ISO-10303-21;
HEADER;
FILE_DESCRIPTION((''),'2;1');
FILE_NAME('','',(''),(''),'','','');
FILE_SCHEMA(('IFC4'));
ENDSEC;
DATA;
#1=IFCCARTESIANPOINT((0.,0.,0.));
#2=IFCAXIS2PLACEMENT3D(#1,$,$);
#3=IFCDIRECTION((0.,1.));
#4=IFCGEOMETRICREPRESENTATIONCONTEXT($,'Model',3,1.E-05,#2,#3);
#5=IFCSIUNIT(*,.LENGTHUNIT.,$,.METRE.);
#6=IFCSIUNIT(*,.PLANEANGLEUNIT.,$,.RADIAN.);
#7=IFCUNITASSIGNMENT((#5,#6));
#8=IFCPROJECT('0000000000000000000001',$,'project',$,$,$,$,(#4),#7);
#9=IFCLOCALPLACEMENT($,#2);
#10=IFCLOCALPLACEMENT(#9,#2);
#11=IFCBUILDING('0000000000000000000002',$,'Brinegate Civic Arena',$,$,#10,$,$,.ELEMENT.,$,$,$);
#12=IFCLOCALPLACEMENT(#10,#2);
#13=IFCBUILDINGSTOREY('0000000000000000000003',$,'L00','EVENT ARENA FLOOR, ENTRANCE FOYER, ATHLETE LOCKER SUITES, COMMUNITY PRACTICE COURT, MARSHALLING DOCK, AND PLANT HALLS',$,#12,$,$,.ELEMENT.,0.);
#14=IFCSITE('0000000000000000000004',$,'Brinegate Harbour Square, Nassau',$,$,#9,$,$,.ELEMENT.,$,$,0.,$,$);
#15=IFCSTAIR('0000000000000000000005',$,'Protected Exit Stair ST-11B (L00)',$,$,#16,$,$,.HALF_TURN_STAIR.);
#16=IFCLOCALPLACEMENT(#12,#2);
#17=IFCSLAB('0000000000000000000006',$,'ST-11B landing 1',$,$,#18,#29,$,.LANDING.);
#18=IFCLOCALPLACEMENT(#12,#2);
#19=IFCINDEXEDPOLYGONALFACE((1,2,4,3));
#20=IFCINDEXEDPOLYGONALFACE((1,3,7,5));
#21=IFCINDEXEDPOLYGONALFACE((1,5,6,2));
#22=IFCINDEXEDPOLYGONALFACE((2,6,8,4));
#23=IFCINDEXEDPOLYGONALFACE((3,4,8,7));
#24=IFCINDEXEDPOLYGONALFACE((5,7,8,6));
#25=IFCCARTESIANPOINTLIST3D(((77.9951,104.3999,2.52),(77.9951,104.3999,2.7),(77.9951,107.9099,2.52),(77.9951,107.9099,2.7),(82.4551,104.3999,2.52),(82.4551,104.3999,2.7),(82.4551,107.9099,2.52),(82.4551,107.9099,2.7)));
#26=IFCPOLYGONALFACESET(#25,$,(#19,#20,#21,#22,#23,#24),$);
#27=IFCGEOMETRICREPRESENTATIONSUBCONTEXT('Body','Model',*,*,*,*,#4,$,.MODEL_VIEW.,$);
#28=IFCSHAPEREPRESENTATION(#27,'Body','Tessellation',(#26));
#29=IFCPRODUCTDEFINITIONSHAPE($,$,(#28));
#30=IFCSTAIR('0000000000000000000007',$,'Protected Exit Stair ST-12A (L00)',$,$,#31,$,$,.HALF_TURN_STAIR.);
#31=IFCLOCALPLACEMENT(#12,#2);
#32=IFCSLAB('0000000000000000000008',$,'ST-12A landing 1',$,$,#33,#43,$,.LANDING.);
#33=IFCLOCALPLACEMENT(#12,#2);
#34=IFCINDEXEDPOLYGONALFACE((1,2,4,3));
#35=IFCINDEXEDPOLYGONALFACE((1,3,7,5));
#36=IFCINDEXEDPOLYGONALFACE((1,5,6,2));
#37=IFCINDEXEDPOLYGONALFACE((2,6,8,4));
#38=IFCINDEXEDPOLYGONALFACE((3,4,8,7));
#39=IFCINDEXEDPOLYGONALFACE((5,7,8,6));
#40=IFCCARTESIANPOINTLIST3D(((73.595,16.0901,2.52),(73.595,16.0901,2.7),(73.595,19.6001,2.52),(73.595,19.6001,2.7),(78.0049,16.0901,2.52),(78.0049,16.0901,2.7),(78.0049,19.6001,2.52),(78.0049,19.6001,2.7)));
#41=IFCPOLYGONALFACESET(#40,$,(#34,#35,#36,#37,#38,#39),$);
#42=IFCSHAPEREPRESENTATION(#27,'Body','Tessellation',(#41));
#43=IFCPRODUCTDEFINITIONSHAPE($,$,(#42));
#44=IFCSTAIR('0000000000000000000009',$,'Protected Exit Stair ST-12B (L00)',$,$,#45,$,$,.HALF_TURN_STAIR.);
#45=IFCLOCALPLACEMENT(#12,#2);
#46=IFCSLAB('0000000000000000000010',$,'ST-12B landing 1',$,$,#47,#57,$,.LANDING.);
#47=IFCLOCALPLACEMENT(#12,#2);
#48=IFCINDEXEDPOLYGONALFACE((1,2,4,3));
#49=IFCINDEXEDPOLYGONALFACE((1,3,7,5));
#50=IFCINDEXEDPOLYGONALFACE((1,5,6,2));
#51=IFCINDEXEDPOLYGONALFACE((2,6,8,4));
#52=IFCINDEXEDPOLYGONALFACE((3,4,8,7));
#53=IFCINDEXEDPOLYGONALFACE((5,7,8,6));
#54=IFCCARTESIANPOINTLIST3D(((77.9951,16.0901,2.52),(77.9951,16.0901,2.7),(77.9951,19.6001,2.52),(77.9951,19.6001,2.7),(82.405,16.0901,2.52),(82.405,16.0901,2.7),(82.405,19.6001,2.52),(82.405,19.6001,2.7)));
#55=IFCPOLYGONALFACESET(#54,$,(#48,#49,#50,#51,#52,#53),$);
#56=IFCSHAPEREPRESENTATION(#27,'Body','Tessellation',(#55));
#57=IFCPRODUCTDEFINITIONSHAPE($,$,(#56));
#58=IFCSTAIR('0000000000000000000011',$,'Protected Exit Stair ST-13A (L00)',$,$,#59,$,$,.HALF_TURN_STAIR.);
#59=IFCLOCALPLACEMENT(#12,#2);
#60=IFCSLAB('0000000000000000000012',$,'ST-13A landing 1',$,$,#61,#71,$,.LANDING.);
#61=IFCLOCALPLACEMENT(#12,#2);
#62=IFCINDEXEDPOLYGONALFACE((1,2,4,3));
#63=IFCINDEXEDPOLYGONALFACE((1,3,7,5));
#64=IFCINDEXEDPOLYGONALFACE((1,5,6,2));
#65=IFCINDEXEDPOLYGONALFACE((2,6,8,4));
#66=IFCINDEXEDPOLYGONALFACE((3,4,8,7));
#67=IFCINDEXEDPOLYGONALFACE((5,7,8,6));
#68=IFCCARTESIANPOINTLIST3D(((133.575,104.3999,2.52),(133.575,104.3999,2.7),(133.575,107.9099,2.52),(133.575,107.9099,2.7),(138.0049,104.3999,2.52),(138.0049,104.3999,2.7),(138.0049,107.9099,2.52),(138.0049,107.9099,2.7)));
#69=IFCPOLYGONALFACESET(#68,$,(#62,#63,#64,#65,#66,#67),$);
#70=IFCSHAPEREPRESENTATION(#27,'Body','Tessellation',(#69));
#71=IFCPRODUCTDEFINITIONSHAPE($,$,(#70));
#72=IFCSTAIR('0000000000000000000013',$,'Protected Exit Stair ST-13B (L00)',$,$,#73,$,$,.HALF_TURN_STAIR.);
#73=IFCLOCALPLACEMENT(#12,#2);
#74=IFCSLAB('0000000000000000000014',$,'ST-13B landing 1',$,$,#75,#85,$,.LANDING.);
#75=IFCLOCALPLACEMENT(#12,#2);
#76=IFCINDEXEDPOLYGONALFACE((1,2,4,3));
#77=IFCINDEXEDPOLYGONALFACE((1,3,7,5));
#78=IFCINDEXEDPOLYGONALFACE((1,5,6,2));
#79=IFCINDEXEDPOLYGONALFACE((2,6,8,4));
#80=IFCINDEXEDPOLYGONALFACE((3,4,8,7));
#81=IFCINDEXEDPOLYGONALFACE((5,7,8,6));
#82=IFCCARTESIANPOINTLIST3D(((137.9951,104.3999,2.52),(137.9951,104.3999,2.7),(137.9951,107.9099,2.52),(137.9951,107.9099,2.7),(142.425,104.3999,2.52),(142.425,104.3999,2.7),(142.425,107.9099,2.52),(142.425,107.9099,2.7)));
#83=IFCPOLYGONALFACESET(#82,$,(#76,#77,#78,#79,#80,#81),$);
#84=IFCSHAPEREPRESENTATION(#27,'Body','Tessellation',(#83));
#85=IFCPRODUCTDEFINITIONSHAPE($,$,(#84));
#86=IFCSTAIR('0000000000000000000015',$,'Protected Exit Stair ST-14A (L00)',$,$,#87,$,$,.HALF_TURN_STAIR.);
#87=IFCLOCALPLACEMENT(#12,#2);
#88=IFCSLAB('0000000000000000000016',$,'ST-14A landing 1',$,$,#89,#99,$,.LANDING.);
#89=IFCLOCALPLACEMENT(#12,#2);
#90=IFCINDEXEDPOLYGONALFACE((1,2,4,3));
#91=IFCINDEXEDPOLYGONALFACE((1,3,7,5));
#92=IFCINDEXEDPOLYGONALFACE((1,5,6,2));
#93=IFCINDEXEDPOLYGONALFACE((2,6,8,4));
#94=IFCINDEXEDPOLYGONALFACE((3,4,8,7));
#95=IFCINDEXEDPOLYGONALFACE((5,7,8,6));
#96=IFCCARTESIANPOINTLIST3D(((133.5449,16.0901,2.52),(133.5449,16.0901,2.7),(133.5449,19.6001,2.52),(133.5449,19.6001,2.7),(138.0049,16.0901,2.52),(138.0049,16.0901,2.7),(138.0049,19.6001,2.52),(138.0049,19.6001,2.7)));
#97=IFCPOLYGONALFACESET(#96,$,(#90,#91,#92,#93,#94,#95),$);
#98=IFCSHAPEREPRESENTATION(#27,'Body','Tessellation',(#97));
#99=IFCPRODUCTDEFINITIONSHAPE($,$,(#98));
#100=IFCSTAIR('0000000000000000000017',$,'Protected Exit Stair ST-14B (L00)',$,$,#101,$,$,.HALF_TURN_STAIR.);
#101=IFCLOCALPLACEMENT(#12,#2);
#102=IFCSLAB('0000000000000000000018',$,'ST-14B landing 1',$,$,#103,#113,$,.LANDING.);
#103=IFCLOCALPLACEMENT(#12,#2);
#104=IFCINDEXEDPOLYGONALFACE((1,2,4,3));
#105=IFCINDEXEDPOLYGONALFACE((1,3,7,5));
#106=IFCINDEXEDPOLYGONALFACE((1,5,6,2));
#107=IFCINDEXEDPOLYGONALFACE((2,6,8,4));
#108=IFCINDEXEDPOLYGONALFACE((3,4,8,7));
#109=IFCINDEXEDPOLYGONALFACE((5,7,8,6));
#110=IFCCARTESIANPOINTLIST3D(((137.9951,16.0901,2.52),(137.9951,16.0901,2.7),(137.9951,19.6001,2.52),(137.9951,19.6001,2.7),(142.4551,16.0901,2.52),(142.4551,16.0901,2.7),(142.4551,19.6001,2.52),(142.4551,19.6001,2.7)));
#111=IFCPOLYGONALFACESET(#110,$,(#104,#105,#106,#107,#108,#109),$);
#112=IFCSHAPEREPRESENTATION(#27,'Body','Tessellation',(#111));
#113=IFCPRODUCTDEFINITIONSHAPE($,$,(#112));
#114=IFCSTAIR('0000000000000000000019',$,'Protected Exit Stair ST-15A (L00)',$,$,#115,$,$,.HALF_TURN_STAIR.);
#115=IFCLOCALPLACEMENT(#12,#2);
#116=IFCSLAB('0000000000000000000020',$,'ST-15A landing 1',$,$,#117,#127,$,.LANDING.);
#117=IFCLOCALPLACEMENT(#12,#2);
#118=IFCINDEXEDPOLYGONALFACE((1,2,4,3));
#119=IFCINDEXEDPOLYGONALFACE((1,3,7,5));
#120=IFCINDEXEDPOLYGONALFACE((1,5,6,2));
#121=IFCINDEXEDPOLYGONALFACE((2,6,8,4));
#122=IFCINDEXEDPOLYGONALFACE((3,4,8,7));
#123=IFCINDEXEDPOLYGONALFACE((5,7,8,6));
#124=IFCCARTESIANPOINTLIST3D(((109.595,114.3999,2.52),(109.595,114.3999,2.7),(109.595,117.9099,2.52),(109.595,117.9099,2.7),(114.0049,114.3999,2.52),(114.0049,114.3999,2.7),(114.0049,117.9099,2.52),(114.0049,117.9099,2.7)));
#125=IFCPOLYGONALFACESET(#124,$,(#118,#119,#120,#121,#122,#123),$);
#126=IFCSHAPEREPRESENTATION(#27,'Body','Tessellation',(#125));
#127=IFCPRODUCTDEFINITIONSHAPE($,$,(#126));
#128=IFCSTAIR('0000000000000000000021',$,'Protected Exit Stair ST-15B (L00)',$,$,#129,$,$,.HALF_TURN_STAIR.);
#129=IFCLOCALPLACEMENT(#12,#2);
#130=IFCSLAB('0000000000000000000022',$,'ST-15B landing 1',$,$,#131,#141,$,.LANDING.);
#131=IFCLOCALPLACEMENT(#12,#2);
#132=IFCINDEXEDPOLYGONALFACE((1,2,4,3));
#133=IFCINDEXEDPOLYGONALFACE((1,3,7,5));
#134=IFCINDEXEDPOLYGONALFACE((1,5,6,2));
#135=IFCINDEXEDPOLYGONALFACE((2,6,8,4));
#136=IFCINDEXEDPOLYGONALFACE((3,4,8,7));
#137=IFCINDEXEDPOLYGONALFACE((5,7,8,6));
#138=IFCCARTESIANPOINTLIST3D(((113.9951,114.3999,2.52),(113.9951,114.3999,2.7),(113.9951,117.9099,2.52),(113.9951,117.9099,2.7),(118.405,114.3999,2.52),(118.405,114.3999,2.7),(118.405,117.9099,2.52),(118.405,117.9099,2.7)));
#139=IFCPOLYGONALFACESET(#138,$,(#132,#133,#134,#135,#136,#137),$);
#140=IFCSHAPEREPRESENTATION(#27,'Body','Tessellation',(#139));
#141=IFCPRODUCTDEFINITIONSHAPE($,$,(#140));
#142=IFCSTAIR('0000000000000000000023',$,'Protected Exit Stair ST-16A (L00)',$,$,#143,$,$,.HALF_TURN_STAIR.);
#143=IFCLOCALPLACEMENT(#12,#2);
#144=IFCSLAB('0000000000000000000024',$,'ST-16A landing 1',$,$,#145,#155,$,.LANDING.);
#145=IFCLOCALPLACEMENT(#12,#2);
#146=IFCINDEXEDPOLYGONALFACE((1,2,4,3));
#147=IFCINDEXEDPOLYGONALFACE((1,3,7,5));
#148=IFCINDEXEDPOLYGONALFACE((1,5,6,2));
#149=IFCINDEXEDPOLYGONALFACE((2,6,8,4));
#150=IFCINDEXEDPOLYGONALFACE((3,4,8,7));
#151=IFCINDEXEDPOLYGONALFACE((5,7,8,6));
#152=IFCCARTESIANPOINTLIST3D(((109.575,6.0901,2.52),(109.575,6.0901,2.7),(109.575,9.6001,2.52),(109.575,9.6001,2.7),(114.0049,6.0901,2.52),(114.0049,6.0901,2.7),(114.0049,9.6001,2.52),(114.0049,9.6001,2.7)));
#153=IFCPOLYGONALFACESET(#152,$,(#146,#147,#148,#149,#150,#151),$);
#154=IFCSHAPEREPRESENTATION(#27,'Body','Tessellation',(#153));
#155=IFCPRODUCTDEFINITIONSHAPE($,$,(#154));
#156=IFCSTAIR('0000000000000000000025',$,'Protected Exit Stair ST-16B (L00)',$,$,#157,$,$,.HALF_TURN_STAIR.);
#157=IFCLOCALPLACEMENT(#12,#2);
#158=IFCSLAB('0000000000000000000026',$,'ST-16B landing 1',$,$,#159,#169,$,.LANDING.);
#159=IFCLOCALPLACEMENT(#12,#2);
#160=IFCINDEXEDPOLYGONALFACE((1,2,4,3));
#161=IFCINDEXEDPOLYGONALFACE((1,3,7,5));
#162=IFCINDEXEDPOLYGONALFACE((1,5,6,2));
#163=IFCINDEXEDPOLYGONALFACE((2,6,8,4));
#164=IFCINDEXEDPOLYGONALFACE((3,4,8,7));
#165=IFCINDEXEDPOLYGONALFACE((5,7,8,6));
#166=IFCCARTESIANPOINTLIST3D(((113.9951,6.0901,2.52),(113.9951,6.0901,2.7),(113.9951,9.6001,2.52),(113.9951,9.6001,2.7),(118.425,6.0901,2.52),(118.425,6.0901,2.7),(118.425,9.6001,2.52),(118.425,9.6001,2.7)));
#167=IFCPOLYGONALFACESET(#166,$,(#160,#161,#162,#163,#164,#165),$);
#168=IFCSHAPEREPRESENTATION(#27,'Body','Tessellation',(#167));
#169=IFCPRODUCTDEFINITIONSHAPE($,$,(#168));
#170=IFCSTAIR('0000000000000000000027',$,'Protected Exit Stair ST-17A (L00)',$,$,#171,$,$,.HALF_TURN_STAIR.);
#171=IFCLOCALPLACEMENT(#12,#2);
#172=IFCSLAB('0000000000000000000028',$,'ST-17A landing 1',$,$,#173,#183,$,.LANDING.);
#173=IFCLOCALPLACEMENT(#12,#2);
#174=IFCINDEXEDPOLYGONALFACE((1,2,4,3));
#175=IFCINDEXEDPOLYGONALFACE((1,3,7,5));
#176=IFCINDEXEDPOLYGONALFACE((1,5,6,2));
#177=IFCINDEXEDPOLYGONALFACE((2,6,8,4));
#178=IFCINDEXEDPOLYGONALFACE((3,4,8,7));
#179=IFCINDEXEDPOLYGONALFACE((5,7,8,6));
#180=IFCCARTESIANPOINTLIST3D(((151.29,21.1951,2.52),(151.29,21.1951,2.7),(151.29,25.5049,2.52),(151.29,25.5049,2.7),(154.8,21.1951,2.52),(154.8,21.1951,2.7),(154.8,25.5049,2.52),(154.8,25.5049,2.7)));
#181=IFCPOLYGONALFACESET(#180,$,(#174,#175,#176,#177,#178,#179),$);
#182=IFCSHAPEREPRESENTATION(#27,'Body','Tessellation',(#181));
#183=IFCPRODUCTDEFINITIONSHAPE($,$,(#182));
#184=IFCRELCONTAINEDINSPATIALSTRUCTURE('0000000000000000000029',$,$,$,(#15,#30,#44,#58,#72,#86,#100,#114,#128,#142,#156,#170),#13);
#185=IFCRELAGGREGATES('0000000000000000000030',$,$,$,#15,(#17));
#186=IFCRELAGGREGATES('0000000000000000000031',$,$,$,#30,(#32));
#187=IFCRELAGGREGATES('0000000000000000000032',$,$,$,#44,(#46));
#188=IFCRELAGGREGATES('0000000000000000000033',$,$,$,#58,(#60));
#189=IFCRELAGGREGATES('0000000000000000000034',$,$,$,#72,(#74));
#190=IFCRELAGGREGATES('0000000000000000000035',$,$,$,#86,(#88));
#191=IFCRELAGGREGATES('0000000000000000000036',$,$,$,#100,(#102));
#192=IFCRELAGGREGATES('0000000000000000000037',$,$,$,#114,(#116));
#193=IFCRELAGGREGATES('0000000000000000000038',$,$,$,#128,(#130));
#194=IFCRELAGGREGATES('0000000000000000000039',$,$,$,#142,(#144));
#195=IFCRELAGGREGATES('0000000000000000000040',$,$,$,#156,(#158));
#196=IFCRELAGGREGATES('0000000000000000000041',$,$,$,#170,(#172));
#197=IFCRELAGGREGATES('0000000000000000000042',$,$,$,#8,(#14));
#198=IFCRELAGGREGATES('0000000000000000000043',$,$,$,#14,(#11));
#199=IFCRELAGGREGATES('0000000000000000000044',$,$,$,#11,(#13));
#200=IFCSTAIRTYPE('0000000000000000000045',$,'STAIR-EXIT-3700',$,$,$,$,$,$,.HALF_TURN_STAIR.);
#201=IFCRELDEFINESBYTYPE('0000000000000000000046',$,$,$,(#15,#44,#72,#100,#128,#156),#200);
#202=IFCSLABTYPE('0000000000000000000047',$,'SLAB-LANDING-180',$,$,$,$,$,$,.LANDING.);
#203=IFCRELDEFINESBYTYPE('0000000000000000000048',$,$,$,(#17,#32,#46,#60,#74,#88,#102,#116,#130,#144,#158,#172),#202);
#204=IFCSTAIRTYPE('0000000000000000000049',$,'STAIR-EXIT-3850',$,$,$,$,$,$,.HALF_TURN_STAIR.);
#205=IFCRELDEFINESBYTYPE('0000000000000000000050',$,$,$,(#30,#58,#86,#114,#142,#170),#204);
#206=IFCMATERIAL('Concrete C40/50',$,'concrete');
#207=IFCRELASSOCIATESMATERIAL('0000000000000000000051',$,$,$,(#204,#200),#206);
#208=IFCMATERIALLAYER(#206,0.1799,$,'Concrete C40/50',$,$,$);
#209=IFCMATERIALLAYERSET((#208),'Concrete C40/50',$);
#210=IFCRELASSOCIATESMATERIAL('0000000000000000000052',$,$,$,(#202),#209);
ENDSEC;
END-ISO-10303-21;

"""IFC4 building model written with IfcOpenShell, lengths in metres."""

from ifc_helpers import new_model, si_unit, direction, frame, origin, place, context, subcontext, project, spatial, polyline, outline, extrude, material, layer, layer_set, type_object, element, aggregate, save


model = new_model("IFC4")

# Units and contexts
model_context = context("Model", 3, precision=1e-05, world=origin(), true_north=direction((0.0, 1.0)))
body_context = subcontext(model_context, "Body", "Model", "MODEL_VIEW")
ifc_project = project(units=[si_unit("LENGTHUNIT", "METRE"), si_unit("PLANEANGLEUNIT", "RADIAN")], contexts=[model_context])

# Site, building, storey
site_placement = place(None, origin())
site = spatial("IfcSite", under=ifc_project, at=site_placement, Name="Brinegate Harbour Square, Nassau", CompositionType="ELEMENT", RefElevation=0.0)
building_placement = place(site_placement, origin())
building = spatial("IfcBuilding", under=site, at=building_placement, Name="Brinegate Civic Arena", CompositionType="ELEMENT")
storey_placement = place(building_placement, origin())
storey = spatial("IfcBuildingStorey", under=building, at=storey_placement, Name="L00", Description="EVENT ARENA FLOOR, ENTRANCE FOYER, ATHLETE LOCKER SUITES, COMMUNITY PRACTICE COURT, MARSHALLING DOCK, AND PLANT HALLS", CompositionType="ELEMENT", Elevation=0.0)

# Shared definitions
ifc_material_1 = material(Name="Concrete C40/50", Category="concrete")

# Stairs, slabs
stair_type_1 = type_object("IfcStairType", Name="STAIR-EXIT-3850", PredefinedType="HALF_TURN_STAIR", material=ifc_material_1)
ifc_layer_1 = layer(ifc_material_1, 0.1799, Name="Concrete C40/50")
ifc_layer_set_1 = layer_set([ifc_layer_1], Name="Concrete C40/50")
slab_type_1 = type_object("IfcSlabType", Name="SLAB-LANDING-180", PredefinedType="LANDING", material=ifc_layer_set_1)
stair_type_2 = type_object("IfcStairType", Name="STAIR-EXIT-3700", PredefinedType="HALF_TURN_STAIR", material=ifc_material_1)
stair_1_placement = place(storey_placement, origin())
stair_1 = element("IfcStair", 1, at=stair_1_placement, inside=storey, type_object=stair_type_2, Name="Protected Exit Stair ST-11B (L00)", PredefinedType="HALF_TURN_STAIR")
slab_1_placement = place(storey_placement, frame((0.0, 0.0, 2.52)))
slab_1 = element("IfcSlab", 2, at=slab_1_placement, type_object=slab_type_1, Name="ST-11B landing 1", PredefinedType="LANDING", context=body_context, shape_type="SweptSolid", body=[
    extrude(outline(polyline([(77.9951, 104.3999), (82.4551, 104.3999), (82.4551, 107.9099), (77.9951, 107.9099), (77.9951, 104.3999)])), origin(), (0.0, 0.0, 1.0), 0.1799),
])
aggregate(stair_1, [slab_1])
stair_2_placement = place(storey_placement, origin())
stair_2 = element("IfcStair", 3, at=stair_2_placement, inside=storey, type_object=stair_type_1, Name="Protected Exit Stair ST-12A (L00)", PredefinedType="HALF_TURN_STAIR")
slab_2_placement = place(storey_placement, frame((0.0, 0.0, 2.52)))
slab_2 = element("IfcSlab", 4, at=slab_2_placement, type_object=slab_type_1, Name="ST-12A landing 1", PredefinedType="LANDING", context=body_context, shape_type="SweptSolid", body=[
    extrude(outline(polyline([(73.595, 16.0901), (78.0049, 16.0901), (78.0049, 19.6001), (73.595, 19.6001), (73.595, 16.0901)])), origin(), (0.0, 0.0, 1.0), 0.1799),
])
aggregate(stair_2, [slab_2])
stair_3_placement = place(storey_placement, origin())
stair_3 = element("IfcStair", 5, at=stair_3_placement, inside=storey, type_object=stair_type_2, Name="Protected Exit Stair ST-12B (L00)", PredefinedType="HALF_TURN_STAIR")
slab_3_placement = place(storey_placement, frame((0.0, 0.0, 2.52)))
slab_3 = element("IfcSlab", 6, at=slab_3_placement, type_object=slab_type_1, Name="ST-12B landing 1", PredefinedType="LANDING", context=body_context, shape_type="SweptSolid", body=[
    extrude(outline(polyline([(77.9951, 16.0901), (82.405, 16.0901), (82.405, 19.6001), (77.9951, 19.6001), (77.9951, 16.0901)])), origin(), (0.0, 0.0, 1.0), 0.1799),
])
aggregate(stair_3, [slab_3])
stair_4_placement = place(storey_placement, origin())
stair_4 = element("IfcStair", 7, at=stair_4_placement, inside=storey, type_object=stair_type_1, Name="Protected Exit Stair ST-13A (L00)", PredefinedType="HALF_TURN_STAIR")
slab_4_placement = place(storey_placement, frame((0.0, 0.0, 2.52)))
slab_4 = element("IfcSlab", 8, at=slab_4_placement, type_object=slab_type_1, Name="ST-13A landing 1", PredefinedType="LANDING", context=body_context, shape_type="SweptSolid", body=[
    extrude(outline(polyline([(133.575, 104.3999), (138.0049, 104.3999), (138.0049, 107.9099), (133.575, 107.9099), (133.575, 104.3999)])), origin(), (0.0, 0.0, 1.0), 0.1799),
])
aggregate(stair_4, [slab_4])
stair_5_placement = place(storey_placement, origin())
stair_5 = element("IfcStair", 9, at=stair_5_placement, inside=storey, type_object=stair_type_2, Name="Protected Exit Stair ST-13B (L00)", PredefinedType="HALF_TURN_STAIR")
slab_5_placement = place(storey_placement, frame((0.0, 0.0, 2.52)))
slab_5 = element("IfcSlab", 10, at=slab_5_placement, type_object=slab_type_1, Name="ST-13B landing 1", PredefinedType="LANDING", context=body_context, shape_type="SweptSolid", body=[
    extrude(outline(polyline([(137.9951, 104.3999), (142.425, 104.3999), (142.425, 107.9099), (137.9951, 107.9099), (137.9951, 104.3999)])), origin(), (0.0, 0.0, 1.0), 0.1799),
])
aggregate(stair_5, [slab_5])
stair_6_placement = place(storey_placement, origin())
stair_6 = element("IfcStair", 11, at=stair_6_placement, inside=storey, type_object=stair_type_1, Name="Protected Exit Stair ST-14A (L00)", PredefinedType="HALF_TURN_STAIR")
slab_6_placement = place(storey_placement, frame((0.0, 0.0, 2.52)))
slab_6 = element("IfcSlab", 12, at=slab_6_placement, type_object=slab_type_1, Name="ST-14A landing 1", PredefinedType="LANDING", context=body_context, shape_type="SweptSolid", body=[
    extrude(outline(polyline([(133.5449, 16.0901), (138.0049, 16.0901), (138.0049, 19.6001), (133.5449, 19.6001), (133.5449, 16.0901)])), origin(), (0.0, 0.0, 1.0), 0.1799),
])
aggregate(stair_6, [slab_6])
stair_7_placement = place(storey_placement, origin())
stair_7 = element("IfcStair", 13, at=stair_7_placement, inside=storey, type_object=stair_type_2, Name="Protected Exit Stair ST-14B (L00)", PredefinedType="HALF_TURN_STAIR")
slab_7_placement = place(storey_placement, frame((0.0, 0.0, 2.52)))
slab_7 = element("IfcSlab", 14, at=slab_7_placement, type_object=slab_type_1, Name="ST-14B landing 1", PredefinedType="LANDING", context=body_context, shape_type="SweptSolid", body=[
    extrude(outline(polyline([(137.9951, 16.0901), (142.4551, 16.0901), (142.4551, 19.6001), (137.9951, 19.6001), (137.9951, 16.0901)])), origin(), (0.0, 0.0, 1.0), 0.1799),
])
aggregate(stair_7, [slab_7])
stair_8_placement = place(storey_placement, origin())
stair_8 = element("IfcStair", 15, at=stair_8_placement, inside=storey, type_object=stair_type_1, Name="Protected Exit Stair ST-15A (L00)", PredefinedType="HALF_TURN_STAIR")
slab_8_placement = place(storey_placement, frame((0.0, 0.0, 2.52)))
slab_8 = element("IfcSlab", 16, at=slab_8_placement, type_object=slab_type_1, Name="ST-15A landing 1", PredefinedType="LANDING", context=body_context, shape_type="SweptSolid", body=[
    extrude(outline(polyline([(109.595, 114.3999), (114.0049, 114.3999), (114.0049, 117.9099), (109.595, 117.9099), (109.595, 114.3999)])), origin(), (0.0, 0.0, 1.0), 0.1799),
])
aggregate(stair_8, [slab_8])
stair_9_placement = place(storey_placement, origin())
stair_9 = element("IfcStair", 17, at=stair_9_placement, inside=storey, type_object=stair_type_2, Name="Protected Exit Stair ST-15B (L00)", PredefinedType="HALF_TURN_STAIR")
slab_9_placement = place(storey_placement, frame((0.0, 0.0, 2.52)))
slab_9 = element("IfcSlab", 18, at=slab_9_placement, type_object=slab_type_1, Name="ST-15B landing 1", PredefinedType="LANDING", context=body_context, shape_type="SweptSolid", body=[
    extrude(outline(polyline([(113.9951, 114.3999), (118.405, 114.3999), (118.405, 117.9099), (113.9951, 117.9099), (113.9951, 114.3999)])), origin(), (0.0, 0.0, 1.0), 0.1799),
])
aggregate(stair_9, [slab_9])
stair_10_placement = place(storey_placement, origin())
stair_10 = element("IfcStair", 19, at=stair_10_placement, inside=storey, type_object=stair_type_1, Name="Protected Exit Stair ST-16A (L00)", PredefinedType="HALF_TURN_STAIR")
slab_10_placement = place(storey_placement, frame((0.0, 0.0, 2.52)))
slab_10 = element("IfcSlab", 20, at=slab_10_placement, type_object=slab_type_1, Name="ST-16A landing 1", PredefinedType="LANDING", context=body_context, shape_type="SweptSolid", body=[
    extrude(outline(polyline([(109.575, 6.0901), (114.0049, 6.0901), (114.0049, 9.6001), (109.575, 9.6001), (109.575, 6.0901)])), origin(), (0.0, 0.0, 1.0), 0.1799),
])
aggregate(stair_10, [slab_10])
stair_11_placement = place(storey_placement, origin())
stair_11 = element("IfcStair", 21, at=stair_11_placement, inside=storey, type_object=stair_type_2, Name="Protected Exit Stair ST-16B (L00)", PredefinedType="HALF_TURN_STAIR")
slab_11_placement = place(storey_placement, frame((0.0, 0.0, 2.52)))
slab_11 = element("IfcSlab", 22, at=slab_11_placement, type_object=slab_type_1, Name="ST-16B landing 1", PredefinedType="LANDING", context=body_context, shape_type="SweptSolid", body=[
    extrude(outline(polyline([(113.9951, 6.0901), (118.425, 6.0901), (118.425, 9.6001), (113.9951, 9.6001), (113.9951, 6.0901)])), origin(), (0.0, 0.0, 1.0), 0.1799),
])
aggregate(stair_11, [slab_11])
stair_12_placement = place(storey_placement, origin())
stair_12 = element("IfcStair", 23, at=stair_12_placement, inside=storey, type_object=stair_type_1, Name="Protected Exit Stair ST-17A (L00)", PredefinedType="HALF_TURN_STAIR")
slab_12_placement = place(storey_placement, frame((0.0, 0.0, 2.52)))
slab_12 = element("IfcSlab", 24, at=slab_12_placement, type_object=slab_type_1, Name="ST-17A landing 1", PredefinedType="LANDING", context=body_context, shape_type="SweptSolid", body=[
    extrude(outline(polyline([(151.29, 21.1951), (154.8, 21.1951), (154.8, 25.5049), (151.29, 25.5049), (151.29, 21.1951)])), origin(), (0.0, 0.0, 1.0), 0.1799),
])
aggregate(stair_12, [slab_12])

save(model, "model.ifc")
